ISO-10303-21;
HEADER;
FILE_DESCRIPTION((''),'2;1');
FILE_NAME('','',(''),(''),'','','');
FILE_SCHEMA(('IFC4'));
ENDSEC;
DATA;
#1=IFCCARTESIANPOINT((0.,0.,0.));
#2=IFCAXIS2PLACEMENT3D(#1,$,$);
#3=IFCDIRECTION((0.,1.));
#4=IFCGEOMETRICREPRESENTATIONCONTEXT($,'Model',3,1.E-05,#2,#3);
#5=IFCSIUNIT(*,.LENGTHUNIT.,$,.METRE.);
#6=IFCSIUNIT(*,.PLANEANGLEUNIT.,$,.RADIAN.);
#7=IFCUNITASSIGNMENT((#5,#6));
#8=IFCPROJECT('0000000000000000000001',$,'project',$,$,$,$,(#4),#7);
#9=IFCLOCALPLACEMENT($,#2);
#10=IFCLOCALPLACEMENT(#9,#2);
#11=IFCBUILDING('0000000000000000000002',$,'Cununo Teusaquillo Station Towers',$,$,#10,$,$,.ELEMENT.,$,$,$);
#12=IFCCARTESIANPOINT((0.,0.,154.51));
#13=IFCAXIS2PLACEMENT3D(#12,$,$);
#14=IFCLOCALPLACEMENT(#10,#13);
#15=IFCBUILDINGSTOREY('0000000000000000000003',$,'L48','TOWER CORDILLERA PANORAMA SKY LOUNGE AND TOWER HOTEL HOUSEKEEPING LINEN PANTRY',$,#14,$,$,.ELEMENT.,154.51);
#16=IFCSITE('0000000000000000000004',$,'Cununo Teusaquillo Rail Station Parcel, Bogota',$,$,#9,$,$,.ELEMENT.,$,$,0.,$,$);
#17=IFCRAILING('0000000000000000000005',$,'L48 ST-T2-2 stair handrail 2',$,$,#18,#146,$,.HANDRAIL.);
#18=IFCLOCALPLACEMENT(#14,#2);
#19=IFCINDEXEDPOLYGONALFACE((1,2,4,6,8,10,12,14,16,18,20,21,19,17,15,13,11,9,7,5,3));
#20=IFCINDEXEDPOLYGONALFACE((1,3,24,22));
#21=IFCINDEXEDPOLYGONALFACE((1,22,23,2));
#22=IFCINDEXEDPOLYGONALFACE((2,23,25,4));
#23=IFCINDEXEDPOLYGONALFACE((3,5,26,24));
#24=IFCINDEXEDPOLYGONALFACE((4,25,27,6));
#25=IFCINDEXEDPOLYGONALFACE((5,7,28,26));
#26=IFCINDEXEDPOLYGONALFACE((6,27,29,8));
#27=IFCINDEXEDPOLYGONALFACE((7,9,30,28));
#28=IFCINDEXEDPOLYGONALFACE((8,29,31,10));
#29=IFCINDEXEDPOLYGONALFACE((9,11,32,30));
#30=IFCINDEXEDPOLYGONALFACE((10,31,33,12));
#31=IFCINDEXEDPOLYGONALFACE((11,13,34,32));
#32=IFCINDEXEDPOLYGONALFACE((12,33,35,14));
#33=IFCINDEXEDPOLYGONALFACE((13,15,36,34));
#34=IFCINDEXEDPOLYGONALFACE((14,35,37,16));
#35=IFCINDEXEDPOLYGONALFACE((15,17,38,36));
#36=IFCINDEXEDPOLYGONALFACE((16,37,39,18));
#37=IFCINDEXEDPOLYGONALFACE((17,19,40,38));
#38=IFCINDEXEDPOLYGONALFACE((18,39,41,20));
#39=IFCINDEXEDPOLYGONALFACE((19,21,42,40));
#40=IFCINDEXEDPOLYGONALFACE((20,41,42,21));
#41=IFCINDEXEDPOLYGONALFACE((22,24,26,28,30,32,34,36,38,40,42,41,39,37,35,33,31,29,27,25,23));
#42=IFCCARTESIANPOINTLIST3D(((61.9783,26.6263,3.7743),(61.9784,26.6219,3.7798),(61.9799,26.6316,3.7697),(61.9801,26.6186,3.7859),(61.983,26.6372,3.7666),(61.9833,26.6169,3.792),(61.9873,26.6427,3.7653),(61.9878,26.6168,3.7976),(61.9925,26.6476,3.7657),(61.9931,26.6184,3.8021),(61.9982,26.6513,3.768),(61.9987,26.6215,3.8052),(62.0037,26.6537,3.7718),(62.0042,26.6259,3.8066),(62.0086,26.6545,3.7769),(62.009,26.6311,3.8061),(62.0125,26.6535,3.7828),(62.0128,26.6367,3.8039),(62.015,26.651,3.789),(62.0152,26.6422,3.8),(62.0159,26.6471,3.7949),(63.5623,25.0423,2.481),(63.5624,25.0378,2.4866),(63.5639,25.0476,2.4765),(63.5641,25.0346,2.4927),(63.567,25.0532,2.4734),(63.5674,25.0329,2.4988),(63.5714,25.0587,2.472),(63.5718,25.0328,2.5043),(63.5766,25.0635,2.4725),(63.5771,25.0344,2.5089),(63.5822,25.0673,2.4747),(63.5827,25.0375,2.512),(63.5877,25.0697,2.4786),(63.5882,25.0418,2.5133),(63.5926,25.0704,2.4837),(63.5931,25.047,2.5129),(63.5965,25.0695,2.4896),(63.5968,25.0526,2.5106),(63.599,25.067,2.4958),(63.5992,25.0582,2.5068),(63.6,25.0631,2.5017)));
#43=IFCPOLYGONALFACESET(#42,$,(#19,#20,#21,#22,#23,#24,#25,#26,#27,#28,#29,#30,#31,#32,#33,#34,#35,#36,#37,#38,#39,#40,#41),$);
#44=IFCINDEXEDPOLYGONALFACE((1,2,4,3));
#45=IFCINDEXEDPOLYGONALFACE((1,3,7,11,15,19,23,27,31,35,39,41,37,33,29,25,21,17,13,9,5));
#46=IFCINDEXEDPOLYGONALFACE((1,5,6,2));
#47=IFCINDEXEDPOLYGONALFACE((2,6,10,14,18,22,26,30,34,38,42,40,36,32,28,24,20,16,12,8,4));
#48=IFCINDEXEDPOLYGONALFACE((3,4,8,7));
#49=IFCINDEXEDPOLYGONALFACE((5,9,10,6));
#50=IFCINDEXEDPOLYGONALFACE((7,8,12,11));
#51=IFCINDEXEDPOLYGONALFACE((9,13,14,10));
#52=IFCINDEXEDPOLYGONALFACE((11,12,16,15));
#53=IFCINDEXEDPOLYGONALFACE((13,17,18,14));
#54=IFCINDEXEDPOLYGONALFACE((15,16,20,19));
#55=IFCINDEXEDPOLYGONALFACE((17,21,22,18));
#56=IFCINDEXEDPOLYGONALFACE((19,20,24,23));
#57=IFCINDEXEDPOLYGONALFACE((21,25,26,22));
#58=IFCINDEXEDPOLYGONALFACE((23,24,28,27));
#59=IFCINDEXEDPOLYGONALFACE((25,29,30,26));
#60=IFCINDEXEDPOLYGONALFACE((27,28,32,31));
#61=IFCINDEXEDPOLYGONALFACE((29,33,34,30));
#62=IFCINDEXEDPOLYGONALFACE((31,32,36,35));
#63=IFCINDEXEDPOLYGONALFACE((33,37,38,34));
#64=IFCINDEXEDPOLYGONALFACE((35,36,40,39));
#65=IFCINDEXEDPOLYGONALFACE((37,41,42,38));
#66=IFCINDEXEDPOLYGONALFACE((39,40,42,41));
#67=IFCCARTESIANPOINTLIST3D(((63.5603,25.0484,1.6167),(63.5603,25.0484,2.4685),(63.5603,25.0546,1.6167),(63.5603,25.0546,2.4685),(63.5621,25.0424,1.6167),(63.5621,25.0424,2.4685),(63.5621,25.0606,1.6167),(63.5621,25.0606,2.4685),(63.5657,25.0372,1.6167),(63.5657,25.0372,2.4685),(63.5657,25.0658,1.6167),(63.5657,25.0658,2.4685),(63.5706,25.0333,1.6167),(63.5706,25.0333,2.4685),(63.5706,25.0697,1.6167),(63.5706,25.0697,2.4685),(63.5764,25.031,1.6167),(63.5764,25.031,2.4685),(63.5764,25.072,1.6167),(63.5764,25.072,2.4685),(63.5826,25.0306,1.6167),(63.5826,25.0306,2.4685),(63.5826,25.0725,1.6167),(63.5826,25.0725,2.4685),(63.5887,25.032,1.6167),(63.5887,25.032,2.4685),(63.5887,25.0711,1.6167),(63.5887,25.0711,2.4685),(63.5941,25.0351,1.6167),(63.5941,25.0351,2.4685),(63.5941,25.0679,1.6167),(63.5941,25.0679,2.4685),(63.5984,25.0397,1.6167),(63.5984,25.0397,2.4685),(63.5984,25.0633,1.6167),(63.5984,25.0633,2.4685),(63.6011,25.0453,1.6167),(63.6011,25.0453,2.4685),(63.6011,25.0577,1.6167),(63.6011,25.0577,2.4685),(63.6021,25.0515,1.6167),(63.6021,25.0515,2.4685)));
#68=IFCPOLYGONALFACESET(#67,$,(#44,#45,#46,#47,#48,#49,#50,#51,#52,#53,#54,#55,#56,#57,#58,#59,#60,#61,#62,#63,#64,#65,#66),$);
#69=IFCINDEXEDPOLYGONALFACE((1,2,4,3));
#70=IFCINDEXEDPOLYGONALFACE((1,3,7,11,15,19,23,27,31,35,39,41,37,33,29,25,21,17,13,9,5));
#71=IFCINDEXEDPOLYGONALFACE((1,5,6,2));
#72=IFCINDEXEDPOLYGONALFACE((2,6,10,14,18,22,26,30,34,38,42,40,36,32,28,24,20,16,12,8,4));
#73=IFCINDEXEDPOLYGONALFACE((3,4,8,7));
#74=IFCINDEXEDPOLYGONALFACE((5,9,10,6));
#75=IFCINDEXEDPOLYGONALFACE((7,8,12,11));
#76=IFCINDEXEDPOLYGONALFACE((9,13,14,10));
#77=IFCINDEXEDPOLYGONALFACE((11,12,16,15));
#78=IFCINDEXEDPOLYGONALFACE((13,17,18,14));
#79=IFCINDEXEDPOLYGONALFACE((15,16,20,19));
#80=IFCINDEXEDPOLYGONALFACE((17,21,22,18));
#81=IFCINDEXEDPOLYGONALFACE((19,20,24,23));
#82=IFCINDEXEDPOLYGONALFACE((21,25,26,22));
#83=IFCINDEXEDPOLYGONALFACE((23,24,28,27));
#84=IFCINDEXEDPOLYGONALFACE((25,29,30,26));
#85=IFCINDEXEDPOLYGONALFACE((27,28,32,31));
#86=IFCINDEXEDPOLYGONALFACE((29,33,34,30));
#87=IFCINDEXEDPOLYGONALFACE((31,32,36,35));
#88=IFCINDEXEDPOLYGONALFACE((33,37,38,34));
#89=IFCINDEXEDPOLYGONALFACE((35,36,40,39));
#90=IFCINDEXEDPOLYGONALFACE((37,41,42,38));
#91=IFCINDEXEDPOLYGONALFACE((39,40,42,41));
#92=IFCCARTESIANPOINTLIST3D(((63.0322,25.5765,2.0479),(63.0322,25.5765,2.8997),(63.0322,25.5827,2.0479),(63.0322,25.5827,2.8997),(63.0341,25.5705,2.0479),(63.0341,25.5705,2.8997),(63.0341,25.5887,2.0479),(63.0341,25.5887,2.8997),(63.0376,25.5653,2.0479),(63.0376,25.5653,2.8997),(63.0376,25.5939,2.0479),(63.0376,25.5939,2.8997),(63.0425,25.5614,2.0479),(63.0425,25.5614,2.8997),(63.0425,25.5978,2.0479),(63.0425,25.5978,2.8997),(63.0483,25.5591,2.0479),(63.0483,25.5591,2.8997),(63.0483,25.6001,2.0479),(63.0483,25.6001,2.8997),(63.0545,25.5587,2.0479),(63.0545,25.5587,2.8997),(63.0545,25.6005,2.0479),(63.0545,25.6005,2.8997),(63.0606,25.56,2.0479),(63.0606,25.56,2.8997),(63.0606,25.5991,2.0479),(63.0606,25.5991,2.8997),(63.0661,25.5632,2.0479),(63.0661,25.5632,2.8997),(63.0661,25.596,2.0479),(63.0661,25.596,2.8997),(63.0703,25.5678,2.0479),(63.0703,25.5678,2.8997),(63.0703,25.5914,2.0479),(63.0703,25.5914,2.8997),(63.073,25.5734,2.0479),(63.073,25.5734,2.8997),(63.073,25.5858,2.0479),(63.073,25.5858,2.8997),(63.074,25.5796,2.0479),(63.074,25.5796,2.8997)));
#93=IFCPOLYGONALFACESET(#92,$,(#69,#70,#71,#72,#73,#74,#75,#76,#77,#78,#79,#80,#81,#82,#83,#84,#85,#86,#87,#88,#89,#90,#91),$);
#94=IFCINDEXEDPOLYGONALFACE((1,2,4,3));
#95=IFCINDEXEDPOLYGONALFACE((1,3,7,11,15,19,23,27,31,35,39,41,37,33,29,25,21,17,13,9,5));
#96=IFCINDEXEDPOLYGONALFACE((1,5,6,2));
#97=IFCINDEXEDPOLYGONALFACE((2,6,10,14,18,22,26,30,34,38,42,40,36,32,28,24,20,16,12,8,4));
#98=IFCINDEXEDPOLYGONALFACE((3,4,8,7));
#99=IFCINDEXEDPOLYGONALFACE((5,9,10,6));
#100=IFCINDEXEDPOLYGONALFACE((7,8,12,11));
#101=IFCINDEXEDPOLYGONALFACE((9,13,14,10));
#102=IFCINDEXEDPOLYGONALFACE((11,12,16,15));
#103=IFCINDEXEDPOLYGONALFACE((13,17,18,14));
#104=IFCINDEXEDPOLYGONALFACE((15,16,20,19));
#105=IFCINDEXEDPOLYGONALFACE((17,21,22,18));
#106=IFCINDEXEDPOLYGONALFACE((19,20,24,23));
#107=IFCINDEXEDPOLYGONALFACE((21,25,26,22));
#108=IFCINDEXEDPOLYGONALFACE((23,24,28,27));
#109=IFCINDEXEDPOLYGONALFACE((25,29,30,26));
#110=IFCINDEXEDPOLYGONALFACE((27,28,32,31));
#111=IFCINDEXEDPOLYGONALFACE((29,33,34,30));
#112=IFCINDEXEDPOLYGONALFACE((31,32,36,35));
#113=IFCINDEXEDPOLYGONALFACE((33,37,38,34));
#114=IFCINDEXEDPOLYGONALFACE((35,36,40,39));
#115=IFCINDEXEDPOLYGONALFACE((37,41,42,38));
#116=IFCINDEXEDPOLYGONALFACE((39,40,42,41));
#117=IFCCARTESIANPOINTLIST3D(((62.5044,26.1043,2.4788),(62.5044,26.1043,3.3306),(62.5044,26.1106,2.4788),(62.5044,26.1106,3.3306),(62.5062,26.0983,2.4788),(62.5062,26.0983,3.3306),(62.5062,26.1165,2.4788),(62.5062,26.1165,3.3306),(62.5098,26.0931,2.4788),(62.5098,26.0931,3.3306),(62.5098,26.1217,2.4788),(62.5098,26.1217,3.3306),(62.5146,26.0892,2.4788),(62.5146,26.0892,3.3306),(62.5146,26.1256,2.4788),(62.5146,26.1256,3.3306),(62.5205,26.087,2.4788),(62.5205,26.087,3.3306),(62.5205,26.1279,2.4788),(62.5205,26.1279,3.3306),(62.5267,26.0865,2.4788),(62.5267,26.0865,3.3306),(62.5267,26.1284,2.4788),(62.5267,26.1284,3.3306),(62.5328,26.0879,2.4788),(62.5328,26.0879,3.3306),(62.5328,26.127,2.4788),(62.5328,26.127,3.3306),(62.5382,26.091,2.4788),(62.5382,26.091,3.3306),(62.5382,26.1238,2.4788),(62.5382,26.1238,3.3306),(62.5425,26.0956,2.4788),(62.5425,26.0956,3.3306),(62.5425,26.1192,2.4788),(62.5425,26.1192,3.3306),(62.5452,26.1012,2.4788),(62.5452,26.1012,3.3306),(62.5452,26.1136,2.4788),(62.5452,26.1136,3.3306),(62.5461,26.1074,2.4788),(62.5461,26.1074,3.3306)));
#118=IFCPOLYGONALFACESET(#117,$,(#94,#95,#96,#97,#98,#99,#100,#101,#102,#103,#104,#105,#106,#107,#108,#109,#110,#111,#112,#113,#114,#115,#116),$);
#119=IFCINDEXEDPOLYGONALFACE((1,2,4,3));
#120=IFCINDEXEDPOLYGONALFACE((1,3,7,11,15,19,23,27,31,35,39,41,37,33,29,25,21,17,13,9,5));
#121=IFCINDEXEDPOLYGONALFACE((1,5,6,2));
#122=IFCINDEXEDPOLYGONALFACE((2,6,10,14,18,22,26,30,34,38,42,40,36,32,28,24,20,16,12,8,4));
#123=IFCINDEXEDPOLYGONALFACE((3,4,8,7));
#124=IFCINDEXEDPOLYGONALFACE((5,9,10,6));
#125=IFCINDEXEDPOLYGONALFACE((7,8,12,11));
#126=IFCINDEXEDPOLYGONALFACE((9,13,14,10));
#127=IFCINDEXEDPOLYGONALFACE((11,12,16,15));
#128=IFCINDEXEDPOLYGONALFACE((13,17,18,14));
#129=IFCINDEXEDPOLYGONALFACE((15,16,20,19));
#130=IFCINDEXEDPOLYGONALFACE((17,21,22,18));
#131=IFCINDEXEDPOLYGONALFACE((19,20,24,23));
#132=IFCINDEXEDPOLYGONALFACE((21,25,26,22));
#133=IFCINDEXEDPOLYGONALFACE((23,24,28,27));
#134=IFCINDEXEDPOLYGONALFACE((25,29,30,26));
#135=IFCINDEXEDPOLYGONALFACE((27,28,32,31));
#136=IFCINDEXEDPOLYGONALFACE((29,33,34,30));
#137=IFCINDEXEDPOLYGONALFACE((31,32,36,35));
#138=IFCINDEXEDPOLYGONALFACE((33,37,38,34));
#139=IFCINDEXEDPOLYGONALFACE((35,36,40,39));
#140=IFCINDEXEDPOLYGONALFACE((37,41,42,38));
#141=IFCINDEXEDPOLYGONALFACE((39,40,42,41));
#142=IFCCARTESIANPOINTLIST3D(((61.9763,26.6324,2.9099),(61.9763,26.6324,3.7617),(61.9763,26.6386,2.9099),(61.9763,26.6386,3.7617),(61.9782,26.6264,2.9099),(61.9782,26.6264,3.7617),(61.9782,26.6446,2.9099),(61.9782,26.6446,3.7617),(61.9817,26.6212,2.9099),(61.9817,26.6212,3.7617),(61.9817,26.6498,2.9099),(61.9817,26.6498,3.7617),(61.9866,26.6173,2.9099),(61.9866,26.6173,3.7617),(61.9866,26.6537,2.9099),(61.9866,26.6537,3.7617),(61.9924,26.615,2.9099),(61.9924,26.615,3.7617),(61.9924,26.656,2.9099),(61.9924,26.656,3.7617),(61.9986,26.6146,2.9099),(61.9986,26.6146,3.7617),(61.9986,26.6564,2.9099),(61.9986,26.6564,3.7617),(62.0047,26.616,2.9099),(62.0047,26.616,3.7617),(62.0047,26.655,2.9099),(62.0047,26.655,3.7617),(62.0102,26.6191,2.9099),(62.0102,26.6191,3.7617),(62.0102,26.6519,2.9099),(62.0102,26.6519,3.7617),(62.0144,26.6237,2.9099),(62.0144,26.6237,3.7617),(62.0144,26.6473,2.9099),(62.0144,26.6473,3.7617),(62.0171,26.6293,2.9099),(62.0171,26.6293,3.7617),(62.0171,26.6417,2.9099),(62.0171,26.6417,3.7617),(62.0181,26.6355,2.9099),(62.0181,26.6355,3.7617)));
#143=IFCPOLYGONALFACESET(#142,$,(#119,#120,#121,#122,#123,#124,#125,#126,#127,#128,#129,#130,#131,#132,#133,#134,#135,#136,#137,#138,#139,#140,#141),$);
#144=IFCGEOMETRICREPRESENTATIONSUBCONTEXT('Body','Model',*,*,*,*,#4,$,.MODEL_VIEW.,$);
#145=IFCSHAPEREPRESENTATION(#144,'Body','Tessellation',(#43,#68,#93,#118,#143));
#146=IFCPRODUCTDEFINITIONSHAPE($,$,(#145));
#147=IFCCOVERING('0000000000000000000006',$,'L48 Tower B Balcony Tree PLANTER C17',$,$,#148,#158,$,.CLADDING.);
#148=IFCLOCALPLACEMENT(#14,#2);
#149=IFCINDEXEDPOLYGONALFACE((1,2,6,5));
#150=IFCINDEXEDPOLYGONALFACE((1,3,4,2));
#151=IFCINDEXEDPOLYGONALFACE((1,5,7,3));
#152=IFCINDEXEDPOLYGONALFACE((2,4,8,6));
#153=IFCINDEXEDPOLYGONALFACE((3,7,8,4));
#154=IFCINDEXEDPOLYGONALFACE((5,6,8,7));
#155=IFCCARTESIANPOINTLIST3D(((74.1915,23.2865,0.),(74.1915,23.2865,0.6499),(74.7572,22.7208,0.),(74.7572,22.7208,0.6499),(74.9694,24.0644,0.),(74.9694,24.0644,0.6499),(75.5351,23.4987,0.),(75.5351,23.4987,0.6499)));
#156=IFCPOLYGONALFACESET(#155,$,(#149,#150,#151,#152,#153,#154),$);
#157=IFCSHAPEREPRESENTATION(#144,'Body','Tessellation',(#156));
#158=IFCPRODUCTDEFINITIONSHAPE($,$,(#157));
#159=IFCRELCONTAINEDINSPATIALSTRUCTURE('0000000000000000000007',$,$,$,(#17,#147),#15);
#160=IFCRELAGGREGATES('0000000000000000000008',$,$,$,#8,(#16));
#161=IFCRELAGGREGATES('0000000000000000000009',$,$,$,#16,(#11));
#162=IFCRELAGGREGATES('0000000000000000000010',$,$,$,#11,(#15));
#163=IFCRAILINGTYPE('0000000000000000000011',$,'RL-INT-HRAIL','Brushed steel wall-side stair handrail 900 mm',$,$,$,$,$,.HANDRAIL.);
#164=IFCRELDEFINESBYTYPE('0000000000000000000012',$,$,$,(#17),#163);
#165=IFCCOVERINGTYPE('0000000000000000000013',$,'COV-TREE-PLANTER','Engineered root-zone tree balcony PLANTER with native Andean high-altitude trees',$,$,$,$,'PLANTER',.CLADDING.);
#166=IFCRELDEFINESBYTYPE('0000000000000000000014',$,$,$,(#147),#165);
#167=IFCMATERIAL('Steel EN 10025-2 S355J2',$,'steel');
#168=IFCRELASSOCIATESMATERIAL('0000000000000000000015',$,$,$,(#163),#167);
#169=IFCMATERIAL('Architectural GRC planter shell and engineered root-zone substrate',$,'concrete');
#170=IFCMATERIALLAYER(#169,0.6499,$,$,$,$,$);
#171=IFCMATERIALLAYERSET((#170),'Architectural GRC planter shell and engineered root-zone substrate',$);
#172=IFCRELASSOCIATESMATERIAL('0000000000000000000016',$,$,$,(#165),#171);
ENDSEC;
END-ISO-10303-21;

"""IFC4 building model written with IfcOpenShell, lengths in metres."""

from ifc_helpers import new_model, si_unit, direction, frame, origin, origin_2d, place, context, subcontext, project, spatial, rectangle, circle, extrude, source, transform, mapped, material, layer, layer_set, type_object, element, save


model = new_model("IFC4")

# Units and contexts
model_context = context("Model", 3, precision=1e-05, world=origin(), true_north=direction((0.0, 1.0)))
body_context = subcontext(model_context, "Body", "Model", "MODEL_VIEW")
ifc_project = project(units=[si_unit("LENGTHUNIT", "METRE"), si_unit("PLANEANGLEUNIT", "RADIAN")], contexts=[model_context])

# Site, building, storey
site_placement = place(None, origin())
site = spatial("IfcSite", under=ifc_project, at=site_placement, Name="Cununo Teusaquillo Rail Station Parcel, Bogota", CompositionType="ELEMENT", RefElevation=0.0)
building_placement = place(site_placement, origin())
building = spatial("IfcBuilding", under=site, at=building_placement, Name="Cununo Teusaquillo Station Towers", CompositionType="ELEMENT")
storey_placement = place(building_placement, frame((0.0, 0.0, 154.51)))
storey = spatial("IfcBuildingStorey", under=building, at=storey_placement, Name="L48", Description="TOWER CORDILLERA PANORAMA SKY LOUNGE AND TOWER HOTEL HOUSEKEEPING LINEN PANTRY", CompositionType="ELEMENT", Elevation=154.51)

# Railing
ifc_material_1 = material(Name="Steel EN 10025-2 S355J2", Category="steel")
railing_type_1 = type_object("IfcRailingType", Name="RL-INT-HRAIL", Description="Brushed steel wall-side stair handrail 900 mm", PredefinedType="HANDRAIL", material=ifc_material_1)
railing_1_placement = place(storey_placement, frame((63.5811, 25.0515, 1.6167)))
element("IfcRailing", 1, at=railing_1_placement, inside=storey, type_object=railing_type_1, Name="L48 ST-T2-2 stair handrail 2", PredefinedType="HANDRAIL", context=body_context, shape_type="SweptSolid", body=[
    extrude(circle(Radius=0.0239, at=origin_2d()), frame((0.0, 0.0, 0.876), z_axis=(-0.612385, 0.612385, 0.49997), x_axis=(-0.707107, -0.707107, 0.0)), (0.0, 0.0, 1.0), 2.5867),
    extrude(circle(Radius=0.021, at=origin_2d()), origin(), (0.0, 0.0, 1.0), 0.8518),
    extrude(circle(Radius=0.021, at=origin_2d()), frame((-0.5281, 0.5281, 0.4312)), (0.0, 0.0, 1.0), 0.8518),
    extrude(circle(Radius=0.021, at=origin_2d()), frame((-1.0559, 1.0559, 0.8621)), (0.0, 0.0, 1.0), 0.8518),
    extrude(circle(Radius=0.021, at=origin_2d()), frame((-1.584, 1.584, 1.2932)), (0.0, 0.0, 1.0), 0.8518),
])

# Covering
ifc_material_2 = material(Name="Architectural GRC planter shell and engineered root-zone substrate", Category="concrete")
ifc_layer_1 = layer(ifc_material_2, 0.6499)
ifc_layer_set_1 = layer_set([ifc_layer_1], Name="Architectural GRC planter shell and engineered root-zone substrate")
covering_type = type_object("IfcCoveringType", Name="COV-TREE-PLANTER", Description="Engineered root-zone tree balcony PLANTER with native Andean high-altitude trees", ElementType="PLANTER", PredefinedType="CLADDING", material=ifc_layer_set_1)
shared_shape_1 = source(origin(), body_context, "Body", "SweptSolid", [
    extrude(rectangle(XDim=1.1001, YDim=0.8, at=origin_2d()), origin(), (0.0, 0.0, 1.0), 0.6499),
])
covering_placement = place(storey_placement, frame((74.8633, 23.3926, 0.0), z_axis=(0.0, 0.0, 1.0), x_axis=(0.707107, 0.707107, 0.0)))
element("IfcCovering", 2, at=covering_placement, inside=storey, type_object=covering_type, Name="L48 Tower B Balcony Tree PLANTER C17", PredefinedType="CLADDING", context=body_context, shape_type="MappedRepresentation", body=[
    mapped(shared_shape_1, transform((0.0, 0.0, 0.0), x_axis=(1.0, 0.0, 0.0), y_axis=(0.0, 1.0, 0.0), z_axis=(0.0, 0.0, 1.0), scale=1.0)),
])

save(model, "model.ifc")
